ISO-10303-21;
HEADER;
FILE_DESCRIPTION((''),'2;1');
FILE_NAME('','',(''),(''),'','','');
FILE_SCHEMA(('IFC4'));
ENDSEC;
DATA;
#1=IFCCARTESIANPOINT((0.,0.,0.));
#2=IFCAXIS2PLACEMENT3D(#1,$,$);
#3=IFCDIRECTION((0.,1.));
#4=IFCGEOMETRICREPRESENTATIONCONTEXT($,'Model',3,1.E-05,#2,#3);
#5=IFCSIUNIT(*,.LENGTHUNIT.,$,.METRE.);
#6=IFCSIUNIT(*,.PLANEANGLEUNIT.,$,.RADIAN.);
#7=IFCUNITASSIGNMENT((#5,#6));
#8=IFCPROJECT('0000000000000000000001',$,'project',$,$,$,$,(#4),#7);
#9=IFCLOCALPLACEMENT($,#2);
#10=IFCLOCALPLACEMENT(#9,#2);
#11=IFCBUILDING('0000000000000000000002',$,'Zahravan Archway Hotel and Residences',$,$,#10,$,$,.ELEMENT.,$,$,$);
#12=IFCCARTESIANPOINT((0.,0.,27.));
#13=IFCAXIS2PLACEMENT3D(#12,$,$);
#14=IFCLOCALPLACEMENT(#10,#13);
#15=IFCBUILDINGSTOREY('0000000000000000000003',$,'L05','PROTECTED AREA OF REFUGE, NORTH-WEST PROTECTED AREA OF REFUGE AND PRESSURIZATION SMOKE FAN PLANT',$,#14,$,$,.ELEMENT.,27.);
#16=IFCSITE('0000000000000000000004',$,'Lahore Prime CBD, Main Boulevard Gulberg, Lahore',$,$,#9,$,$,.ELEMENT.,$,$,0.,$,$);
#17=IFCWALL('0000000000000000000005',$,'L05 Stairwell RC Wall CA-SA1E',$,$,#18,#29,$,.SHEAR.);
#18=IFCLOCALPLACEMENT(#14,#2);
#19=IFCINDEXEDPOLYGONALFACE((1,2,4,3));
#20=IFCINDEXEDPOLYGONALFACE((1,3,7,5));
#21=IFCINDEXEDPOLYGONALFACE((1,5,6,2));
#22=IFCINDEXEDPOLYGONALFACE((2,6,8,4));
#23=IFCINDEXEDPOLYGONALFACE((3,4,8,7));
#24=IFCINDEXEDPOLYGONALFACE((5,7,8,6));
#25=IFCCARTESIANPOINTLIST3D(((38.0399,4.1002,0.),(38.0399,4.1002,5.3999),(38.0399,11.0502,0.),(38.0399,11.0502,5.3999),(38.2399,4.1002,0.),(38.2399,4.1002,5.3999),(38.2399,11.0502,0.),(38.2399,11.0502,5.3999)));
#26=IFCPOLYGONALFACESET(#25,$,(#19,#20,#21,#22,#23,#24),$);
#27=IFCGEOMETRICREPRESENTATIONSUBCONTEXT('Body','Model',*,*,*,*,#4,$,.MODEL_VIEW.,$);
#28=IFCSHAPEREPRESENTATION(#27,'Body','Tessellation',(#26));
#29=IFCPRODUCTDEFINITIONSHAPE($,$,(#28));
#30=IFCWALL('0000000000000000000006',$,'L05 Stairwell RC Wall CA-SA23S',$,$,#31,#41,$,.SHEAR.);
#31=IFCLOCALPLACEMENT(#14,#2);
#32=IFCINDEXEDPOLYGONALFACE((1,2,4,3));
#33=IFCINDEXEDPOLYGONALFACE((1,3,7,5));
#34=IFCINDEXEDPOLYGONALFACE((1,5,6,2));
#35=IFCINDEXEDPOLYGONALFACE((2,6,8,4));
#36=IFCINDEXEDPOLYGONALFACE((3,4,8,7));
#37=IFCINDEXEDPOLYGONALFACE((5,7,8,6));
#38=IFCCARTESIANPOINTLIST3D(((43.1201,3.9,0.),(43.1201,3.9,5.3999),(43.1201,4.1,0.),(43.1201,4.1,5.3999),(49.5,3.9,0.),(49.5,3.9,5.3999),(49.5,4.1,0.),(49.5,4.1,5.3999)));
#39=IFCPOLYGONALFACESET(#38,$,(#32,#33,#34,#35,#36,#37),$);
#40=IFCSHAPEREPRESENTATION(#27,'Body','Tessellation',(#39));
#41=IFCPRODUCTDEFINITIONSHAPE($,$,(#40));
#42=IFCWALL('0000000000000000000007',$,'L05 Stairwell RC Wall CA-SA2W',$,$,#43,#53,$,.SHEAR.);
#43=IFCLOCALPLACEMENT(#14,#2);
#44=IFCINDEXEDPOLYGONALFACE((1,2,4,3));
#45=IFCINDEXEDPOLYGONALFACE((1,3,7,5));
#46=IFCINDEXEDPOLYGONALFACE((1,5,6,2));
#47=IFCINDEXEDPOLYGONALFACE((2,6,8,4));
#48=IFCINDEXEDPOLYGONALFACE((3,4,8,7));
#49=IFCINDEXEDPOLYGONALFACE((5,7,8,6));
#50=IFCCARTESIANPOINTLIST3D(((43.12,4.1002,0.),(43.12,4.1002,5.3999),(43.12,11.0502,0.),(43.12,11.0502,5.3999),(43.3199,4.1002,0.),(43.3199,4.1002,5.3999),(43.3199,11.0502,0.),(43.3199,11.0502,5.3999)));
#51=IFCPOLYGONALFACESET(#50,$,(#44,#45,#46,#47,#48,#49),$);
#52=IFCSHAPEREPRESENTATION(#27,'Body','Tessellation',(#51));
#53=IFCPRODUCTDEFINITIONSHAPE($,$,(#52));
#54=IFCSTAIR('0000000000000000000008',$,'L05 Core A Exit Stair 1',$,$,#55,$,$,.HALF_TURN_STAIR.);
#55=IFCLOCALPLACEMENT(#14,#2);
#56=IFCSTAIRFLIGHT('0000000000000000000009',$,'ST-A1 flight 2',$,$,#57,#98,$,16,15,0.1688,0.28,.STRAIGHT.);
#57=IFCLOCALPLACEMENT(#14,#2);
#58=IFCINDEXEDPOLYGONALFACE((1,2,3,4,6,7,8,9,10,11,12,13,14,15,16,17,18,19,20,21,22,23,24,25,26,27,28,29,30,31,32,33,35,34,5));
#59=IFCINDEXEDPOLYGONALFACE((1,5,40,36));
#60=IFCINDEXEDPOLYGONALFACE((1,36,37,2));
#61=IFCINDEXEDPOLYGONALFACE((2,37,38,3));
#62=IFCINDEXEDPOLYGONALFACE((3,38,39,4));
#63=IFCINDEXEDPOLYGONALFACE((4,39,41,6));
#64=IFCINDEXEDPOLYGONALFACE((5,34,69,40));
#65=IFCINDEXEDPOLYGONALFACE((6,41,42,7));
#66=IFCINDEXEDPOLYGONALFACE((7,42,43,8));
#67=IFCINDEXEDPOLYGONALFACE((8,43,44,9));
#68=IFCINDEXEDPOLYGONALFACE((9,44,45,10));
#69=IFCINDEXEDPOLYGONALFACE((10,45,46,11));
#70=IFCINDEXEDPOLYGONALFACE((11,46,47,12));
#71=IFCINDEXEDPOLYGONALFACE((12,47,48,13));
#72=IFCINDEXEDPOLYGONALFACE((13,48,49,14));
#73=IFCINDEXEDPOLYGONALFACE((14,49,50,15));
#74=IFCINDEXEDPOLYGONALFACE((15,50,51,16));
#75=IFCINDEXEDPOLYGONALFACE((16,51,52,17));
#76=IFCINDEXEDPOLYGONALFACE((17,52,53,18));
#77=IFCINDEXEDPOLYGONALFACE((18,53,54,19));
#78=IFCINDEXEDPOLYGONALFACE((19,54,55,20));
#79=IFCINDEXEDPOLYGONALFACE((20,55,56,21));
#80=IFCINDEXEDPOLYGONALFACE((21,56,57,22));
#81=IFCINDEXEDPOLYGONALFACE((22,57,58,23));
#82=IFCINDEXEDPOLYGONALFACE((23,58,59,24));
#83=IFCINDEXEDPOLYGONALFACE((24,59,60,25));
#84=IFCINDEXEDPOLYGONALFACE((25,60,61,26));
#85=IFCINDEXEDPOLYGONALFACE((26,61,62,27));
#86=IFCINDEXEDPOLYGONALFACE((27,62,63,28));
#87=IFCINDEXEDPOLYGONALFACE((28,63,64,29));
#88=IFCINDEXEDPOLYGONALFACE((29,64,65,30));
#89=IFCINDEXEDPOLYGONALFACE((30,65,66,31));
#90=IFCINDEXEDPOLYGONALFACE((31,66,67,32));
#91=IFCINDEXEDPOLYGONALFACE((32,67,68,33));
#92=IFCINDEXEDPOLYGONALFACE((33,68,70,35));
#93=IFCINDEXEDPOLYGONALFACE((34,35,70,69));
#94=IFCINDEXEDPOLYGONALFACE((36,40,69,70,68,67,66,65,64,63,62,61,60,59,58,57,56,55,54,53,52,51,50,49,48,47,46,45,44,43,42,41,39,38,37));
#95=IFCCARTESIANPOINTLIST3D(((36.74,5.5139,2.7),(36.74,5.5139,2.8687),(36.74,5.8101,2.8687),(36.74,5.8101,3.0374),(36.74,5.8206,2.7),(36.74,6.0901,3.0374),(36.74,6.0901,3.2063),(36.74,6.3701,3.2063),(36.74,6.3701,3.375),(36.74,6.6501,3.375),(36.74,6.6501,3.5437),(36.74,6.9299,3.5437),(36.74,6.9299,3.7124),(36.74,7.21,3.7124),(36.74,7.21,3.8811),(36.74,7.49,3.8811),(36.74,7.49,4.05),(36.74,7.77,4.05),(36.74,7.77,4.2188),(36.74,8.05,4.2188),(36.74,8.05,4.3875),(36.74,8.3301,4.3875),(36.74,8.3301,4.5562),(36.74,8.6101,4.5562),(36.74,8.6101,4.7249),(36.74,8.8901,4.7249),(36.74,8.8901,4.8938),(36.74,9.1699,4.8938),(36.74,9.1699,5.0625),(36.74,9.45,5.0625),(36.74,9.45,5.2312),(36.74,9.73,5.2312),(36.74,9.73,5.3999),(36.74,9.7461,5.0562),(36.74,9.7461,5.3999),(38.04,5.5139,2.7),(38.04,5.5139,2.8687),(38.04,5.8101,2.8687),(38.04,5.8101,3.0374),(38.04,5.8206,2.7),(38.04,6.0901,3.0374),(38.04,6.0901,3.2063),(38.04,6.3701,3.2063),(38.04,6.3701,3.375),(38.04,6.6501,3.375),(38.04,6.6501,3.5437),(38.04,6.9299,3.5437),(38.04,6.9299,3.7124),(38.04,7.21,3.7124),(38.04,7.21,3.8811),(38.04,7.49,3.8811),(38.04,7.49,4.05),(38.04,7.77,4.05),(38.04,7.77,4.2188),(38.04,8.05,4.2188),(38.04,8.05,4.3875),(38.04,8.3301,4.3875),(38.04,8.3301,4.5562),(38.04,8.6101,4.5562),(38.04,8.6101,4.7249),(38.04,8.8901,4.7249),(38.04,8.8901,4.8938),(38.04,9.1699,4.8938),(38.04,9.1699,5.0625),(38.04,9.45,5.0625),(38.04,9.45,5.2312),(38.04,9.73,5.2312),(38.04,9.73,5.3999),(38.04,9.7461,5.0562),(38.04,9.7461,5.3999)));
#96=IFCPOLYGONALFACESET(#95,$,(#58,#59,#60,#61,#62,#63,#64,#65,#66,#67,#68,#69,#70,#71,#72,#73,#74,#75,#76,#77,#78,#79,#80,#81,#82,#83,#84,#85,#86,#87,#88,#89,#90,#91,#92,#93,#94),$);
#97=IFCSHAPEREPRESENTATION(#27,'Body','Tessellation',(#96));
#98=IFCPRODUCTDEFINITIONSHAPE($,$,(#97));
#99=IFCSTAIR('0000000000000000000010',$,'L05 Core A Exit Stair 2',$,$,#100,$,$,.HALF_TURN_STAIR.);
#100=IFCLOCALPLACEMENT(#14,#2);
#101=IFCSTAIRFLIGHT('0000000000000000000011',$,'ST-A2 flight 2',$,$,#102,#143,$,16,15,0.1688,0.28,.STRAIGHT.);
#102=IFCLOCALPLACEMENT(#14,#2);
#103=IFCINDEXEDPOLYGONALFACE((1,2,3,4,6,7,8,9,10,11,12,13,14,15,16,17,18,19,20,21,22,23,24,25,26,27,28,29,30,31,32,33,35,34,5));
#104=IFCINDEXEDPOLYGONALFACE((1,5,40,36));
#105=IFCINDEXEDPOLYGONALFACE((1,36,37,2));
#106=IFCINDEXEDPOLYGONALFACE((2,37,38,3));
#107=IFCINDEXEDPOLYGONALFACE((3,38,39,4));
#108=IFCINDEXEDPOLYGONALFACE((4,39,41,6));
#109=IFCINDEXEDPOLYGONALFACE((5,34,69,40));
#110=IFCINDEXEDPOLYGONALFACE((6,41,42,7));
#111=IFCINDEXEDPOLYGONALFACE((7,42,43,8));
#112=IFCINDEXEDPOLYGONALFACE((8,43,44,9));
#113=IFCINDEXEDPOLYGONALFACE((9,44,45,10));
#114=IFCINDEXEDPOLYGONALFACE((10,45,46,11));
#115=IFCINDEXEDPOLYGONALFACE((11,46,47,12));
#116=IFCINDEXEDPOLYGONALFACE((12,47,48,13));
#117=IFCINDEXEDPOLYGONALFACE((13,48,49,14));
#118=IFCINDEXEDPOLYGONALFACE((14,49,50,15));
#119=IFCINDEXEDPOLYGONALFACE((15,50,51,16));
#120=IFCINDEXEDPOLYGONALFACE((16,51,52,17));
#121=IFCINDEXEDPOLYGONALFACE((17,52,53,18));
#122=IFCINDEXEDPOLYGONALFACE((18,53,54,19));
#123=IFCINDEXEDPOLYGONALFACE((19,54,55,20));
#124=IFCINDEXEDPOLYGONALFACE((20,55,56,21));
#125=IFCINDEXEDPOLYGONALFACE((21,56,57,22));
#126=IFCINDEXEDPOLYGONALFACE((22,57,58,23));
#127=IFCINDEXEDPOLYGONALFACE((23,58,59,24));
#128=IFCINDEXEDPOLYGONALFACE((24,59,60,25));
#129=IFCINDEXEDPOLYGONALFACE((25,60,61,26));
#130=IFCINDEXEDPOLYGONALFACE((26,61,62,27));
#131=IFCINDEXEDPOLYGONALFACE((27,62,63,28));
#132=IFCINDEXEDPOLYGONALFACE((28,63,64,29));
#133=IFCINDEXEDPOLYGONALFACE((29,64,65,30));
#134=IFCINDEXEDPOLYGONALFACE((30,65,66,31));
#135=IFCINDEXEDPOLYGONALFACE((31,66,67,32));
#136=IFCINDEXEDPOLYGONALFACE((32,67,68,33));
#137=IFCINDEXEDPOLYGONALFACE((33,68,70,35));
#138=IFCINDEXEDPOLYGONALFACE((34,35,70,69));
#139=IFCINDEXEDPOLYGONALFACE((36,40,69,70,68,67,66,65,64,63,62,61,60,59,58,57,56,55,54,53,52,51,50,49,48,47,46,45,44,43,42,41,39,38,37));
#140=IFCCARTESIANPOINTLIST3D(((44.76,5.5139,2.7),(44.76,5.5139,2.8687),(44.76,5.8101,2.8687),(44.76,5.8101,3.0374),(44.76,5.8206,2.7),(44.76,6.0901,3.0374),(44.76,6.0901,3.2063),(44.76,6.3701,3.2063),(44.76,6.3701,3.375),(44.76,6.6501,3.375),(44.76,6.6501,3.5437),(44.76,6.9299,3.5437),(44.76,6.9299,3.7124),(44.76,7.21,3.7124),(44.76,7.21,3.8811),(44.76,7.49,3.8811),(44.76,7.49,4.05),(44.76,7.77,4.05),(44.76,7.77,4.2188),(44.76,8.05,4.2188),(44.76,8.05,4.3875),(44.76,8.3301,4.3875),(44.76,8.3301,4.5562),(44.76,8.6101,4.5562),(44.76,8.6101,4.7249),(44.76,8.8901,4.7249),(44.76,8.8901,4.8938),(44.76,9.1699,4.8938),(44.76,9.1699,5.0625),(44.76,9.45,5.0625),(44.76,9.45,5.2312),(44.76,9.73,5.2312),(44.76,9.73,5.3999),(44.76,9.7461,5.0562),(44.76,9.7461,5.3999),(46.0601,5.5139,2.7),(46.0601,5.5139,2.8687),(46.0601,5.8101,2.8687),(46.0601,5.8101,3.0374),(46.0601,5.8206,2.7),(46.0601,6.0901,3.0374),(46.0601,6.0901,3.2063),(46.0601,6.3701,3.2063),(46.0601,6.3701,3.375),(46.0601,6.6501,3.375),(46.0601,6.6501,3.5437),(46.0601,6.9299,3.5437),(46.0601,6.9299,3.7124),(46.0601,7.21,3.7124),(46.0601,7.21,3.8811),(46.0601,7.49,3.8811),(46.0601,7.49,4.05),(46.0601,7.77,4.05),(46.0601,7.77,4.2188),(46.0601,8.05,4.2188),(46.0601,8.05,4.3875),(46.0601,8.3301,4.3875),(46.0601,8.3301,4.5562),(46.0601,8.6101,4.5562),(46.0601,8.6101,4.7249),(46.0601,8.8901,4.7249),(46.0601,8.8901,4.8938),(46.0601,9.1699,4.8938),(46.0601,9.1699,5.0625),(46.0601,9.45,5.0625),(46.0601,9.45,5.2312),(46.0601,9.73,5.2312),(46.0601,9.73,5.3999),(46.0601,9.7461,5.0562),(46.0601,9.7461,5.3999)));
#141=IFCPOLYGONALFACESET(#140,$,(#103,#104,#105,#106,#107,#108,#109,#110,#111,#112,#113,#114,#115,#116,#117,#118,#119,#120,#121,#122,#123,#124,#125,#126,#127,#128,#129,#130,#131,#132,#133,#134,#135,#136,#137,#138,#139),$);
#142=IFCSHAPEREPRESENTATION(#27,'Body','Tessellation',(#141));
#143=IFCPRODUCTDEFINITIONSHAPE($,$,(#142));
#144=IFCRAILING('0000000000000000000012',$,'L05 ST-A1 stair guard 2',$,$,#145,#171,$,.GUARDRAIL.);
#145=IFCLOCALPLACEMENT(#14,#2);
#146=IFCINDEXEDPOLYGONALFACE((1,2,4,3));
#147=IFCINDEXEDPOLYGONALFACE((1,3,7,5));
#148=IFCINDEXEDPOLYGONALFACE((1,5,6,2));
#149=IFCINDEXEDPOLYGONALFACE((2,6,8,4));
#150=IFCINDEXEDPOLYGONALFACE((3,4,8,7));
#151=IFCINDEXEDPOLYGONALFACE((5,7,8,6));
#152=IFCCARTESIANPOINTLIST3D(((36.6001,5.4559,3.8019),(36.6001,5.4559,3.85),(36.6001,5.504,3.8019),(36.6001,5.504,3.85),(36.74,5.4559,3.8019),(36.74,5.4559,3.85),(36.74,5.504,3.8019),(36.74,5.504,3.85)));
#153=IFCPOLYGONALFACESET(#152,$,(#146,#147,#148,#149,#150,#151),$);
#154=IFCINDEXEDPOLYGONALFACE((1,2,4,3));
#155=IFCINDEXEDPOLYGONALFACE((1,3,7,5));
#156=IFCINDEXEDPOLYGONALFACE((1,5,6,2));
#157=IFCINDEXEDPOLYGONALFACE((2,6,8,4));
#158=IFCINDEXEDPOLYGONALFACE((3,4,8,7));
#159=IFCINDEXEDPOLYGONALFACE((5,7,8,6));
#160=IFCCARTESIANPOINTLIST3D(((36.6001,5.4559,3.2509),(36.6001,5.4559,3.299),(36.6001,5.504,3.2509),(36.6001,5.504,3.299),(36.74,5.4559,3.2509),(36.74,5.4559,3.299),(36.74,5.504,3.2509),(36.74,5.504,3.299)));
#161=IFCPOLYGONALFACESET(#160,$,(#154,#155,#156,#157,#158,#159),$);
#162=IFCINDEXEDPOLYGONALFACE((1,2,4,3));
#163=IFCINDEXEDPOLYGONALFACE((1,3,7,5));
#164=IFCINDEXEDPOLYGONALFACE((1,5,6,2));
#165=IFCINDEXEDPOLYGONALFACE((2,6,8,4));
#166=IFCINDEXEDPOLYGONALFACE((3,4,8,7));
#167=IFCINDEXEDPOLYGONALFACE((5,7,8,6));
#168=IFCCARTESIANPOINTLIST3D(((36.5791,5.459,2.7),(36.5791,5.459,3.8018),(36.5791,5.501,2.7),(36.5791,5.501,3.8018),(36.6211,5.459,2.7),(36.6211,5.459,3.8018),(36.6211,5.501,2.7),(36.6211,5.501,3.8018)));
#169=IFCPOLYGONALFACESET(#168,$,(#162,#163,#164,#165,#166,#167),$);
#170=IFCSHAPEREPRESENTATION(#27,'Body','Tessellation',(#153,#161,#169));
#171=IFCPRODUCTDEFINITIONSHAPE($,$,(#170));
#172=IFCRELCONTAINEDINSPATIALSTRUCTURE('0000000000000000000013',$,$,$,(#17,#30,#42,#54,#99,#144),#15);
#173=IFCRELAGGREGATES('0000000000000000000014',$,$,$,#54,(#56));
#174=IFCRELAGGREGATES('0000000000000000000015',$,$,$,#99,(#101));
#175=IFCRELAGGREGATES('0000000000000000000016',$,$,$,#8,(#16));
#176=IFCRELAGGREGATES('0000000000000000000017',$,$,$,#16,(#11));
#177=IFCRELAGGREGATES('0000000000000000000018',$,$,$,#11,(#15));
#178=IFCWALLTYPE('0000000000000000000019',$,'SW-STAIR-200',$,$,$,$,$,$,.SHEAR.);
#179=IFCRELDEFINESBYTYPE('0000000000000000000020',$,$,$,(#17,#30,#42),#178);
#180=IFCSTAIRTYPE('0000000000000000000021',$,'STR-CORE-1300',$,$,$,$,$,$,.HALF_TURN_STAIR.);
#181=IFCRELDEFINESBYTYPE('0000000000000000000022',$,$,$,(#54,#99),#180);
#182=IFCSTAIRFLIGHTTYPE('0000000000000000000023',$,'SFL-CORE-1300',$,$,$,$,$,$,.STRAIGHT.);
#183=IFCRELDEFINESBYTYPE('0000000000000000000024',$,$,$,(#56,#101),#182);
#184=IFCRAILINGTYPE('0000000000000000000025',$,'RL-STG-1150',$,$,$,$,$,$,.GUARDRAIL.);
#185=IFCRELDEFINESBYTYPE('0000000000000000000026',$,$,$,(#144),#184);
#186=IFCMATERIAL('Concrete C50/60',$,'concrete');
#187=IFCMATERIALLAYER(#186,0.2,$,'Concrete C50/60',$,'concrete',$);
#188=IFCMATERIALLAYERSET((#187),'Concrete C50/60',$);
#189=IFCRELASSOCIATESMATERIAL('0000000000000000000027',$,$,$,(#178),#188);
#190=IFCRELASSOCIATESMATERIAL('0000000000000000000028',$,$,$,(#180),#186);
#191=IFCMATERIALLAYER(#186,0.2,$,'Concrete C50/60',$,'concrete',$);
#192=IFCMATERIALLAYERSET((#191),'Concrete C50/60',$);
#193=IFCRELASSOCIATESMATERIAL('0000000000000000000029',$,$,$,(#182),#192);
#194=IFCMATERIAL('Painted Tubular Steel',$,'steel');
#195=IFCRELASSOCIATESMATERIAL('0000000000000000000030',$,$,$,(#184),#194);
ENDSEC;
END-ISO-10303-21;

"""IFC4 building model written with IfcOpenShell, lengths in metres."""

from ifc_helpers import new_model, si_unit, direction, frame, frame_2d, origin, origin_2d, place, context, subcontext, project, spatial, polyline, rectangle, outline, extrude, source, transform, mapped, material, layer, layer_set, type_object, element, aggregate, save


model = new_model("IFC4")

# Units and contexts
model_context = context("Model", 3, precision=1e-05, world=origin(), true_north=direction((0.0, 1.0)))
body_context = subcontext(model_context, "Body", "Model", "MODEL_VIEW")
ifc_project = project(units=[si_unit("LENGTHUNIT", "METRE"), si_unit("PLANEANGLEUNIT", "RADIAN")], contexts=[model_context])

# Site, building, storey
site_placement = place(None, origin())
site = spatial("IfcSite", under=ifc_project, at=site_placement, Name="Lahore Prime CBD, Main Boulevard Gulberg, Lahore", CompositionType="ELEMENT", RefElevation=0.0)
building_placement = place(site_placement, origin())
building = spatial("IfcBuilding", under=site, at=building_placement, Name="Zahravan Archway Hotel and Residences", CompositionType="ELEMENT")
storey_placement = place(building_placement, frame((0.0, 0.0, 27.0)))
storey = spatial("IfcBuildingStorey", under=building, at=storey_placement, Name="L05", Description="PROTECTED AREA OF REFUGE, NORTH-WEST PROTECTED AREA OF REFUGE AND PRESSURIZATION SMOKE FAN PLANT", CompositionType="ELEMENT", Elevation=27.0)

# Walls
ifc_material_1 = material(Name="Concrete C50/60", Category="concrete")
ifc_layer_1 = layer(ifc_material_1, 0.2, Name="Concrete C50/60", Category="concrete")
ifc_layer_set_1 = layer_set([ifc_layer_1], Name="Concrete C50/60")
wall_type_1 = type_object("IfcWallType", Name="SW-STAIR-200", PredefinedType="SHEAR", material=ifc_layer_set_1)
wall_1_placement = place(storey_placement, frame((38.1399, 4.1001, 0.0), z_axis=(0.0, 0.0, 1.0), x_axis=(0.0, 1.0, 0.0)))
element("IfcWall", 1, at=wall_1_placement, inside=storey, type_object=wall_type_1, Name="L05 Stairwell RC Wall CA-SA1E", PredefinedType="SHEAR", context=body_context, shape_type="SweptSolid", body=[
    extrude(rectangle(XDim=6.95, YDim=0.2, at=frame_2d((3.4751, 0.0))), origin(), (0.0, 0.0, 1.0), 5.3999),
])
wall_2_placement = place(storey_placement, frame((43.1201, 4.0, 0.0), z_axis=(0.0, 0.0, 1.0), x_axis=(1.0, 0.0, 0.0)))
element("IfcWall", 2, at=wall_2_placement, inside=storey, type_object=wall_type_1, Name="L05 Stairwell RC Wall CA-SA23S", PredefinedType="SHEAR", context=body_context, shape_type="SweptSolid", body=[
    extrude(rectangle(XDim=6.3799, YDim=0.2, at=frame_2d((3.1899, 0.0))), origin(), (0.0, 0.0, 1.0), 5.3999),
])
wall_3_placement = place(storey_placement, frame((43.22, 4.1001, 0.0), z_axis=(0.0, 0.0, 1.0), x_axis=(0.0, 1.0, 0.0)))
element("IfcWall", 3, at=wall_3_placement, inside=storey, type_object=wall_type_1, Name="L05 Stairwell RC Wall CA-SA2W", PredefinedType="SHEAR", context=body_context, shape_type="SweptSolid", body=[
    extrude(rectangle(XDim=6.95, YDim=0.2, at=frame_2d((3.4751, 0.0))), origin(), (0.0, 0.0, 1.0), 5.3999),
])

# Stairs, stair flights
stair_type = type_object("IfcStairType", Name="STR-CORE-1300", PredefinedType="HALF_TURN_STAIR", material=ifc_material_1)
stair_1_placement = place(storey_placement, origin())
stair_1 = element("IfcStair", 4, at=stair_1_placement, inside=storey, type_object=stair_type, Name="L05 Core A Exit Stair 1", PredefinedType="HALF_TURN_STAIR")
ifc_layer_2 = layer(ifc_material_1, 0.2, Name="Concrete C50/60", Category="concrete")
ifc_layer_set_2 = layer_set([ifc_layer_2], Name="Concrete C50/60")
stair_flight_type = type_object("IfcStairFlightType", Name="SFL-CORE-1300", PredefinedType="STRAIGHT", material=ifc_layer_set_2)
shared_shape_1 = source(origin(), body_context, "Body", "SweptSolid", [
    extrude(outline(polyline([(-0.0161, 0.0), (-0.0161, 0.1687), (0.28, 0.1687), (0.28, 0.3374), (0.5601, 0.3374), (0.5601, 0.5063), (0.8401, 0.5063), (0.8401, 0.675), (1.1201, 0.675), (1.1201, 0.8438), (1.3999, 0.8438), (1.3999, 1.0125), (1.6799, 1.0125), (1.6799, 1.1812), (1.96, 1.1812), (1.96, 1.3501), (2.24, 1.3501), (2.24, 1.5188), (2.52, 1.5188), (2.52, 1.6875), (2.8, 1.6875), (2.8, 1.8562), (3.0801, 1.8562), (3.0801, 2.0249), (3.3601, 2.0249), (3.3601, 2.1938), (3.6399, 2.1938), (3.6399, 2.3625), (3.9199, 2.3625), (3.9199, 2.5312), (4.2, 2.5312), (4.2, 2.7), (4.2161, 2.7), (4.2161, 2.3562), (0.2905, 0.0), (-0.0161, 0.0)])), frame((0.0, 0.6499, 0.0), z_axis=(0.0, -1.0, 0.0), x_axis=(1.0, 0.0, 0.0)), (0.0, 0.0, 1.0), 1.3),
])
stair_flight_1_placement = place(storey_placement, frame((37.3899, 5.53, 2.7), z_axis=(0.0, 0.0, 1.0), x_axis=(0.0, 1.0, 0.0)))
stair_flight_1 = element("IfcStairFlight", 5, at=stair_flight_1_placement, type_object=stair_flight_type, Name="ST-A1 flight 2", NumberOfRisers=16, NumberOfTreads=15, PredefinedType="STRAIGHT", RiserHeight=0.1688, TreadLength=0.28, context=body_context, shape_type="MappedRepresentation", body=[
    mapped(shared_shape_1, transform((0.0, 0.0, 0.0), scale=1.0)),
])
aggregate(stair_1, [stair_flight_1])
stair_2_placement = place(storey_placement, origin())
stair_2 = element("IfcStair", 6, at=stair_2_placement, inside=storey, type_object=stair_type, Name="L05 Core A Exit Stair 2", PredefinedType="HALF_TURN_STAIR")
stair_flight_2_placement = place(storey_placement, frame((45.4099, 5.53, 2.7), z_axis=(0.0, 0.0, 1.0), x_axis=(0.0, 1.0, 0.0)))
stair_flight_2 = element("IfcStairFlight", 7, at=stair_flight_2_placement, type_object=stair_flight_type, Name="ST-A2 flight 2", NumberOfRisers=16, NumberOfTreads=15, PredefinedType="STRAIGHT", RiserHeight=0.1688, TreadLength=0.28, context=body_context, shape_type="MappedRepresentation", body=[
    mapped(shared_shape_1, transform((0.0, 0.0, 0.0), scale=1.0)),
])
aggregate(stair_2, [stair_flight_2])

# Railing
ifc_material_2 = material(Name="Painted Tubular Steel", Category="steel")
railing_type_1 = type_object("IfcRailingType", Name="RL-STG-1150", PredefinedType="GUARDRAIL", material=ifc_material_2)
railing_1_placement = place(storey_placement, frame((36.6001, 5.48, 2.7)))
element("IfcRailing", 8, at=railing_1_placement, inside=storey, type_object=railing_type_1, Name="L05 ST-A1 stair guard 2", PredefinedType="GUARDRAIL", context=body_context, shape_type="SweptSolid", body=[
    extrude(rectangle(XDim=0.0481, YDim=0.0481, at=origin_2d()), frame((0.0, 0.0, 1.126), z_axis=(1.0, 0.0, 0.0), x_axis=(0.0, 1.0, 0.0)), (0.0, 0.0, 1.0), 0.1399),
    extrude(rectangle(XDim=0.0481, YDim=0.0481, at=origin_2d()), frame((0.0, 0.0, 0.575), z_axis=(1.0, 0.0, 0.0), x_axis=(0.0, 1.0, 0.0)), (0.0, 0.0, 1.0), 0.1399),
    extrude(rectangle(XDim=0.042, YDim=0.042, at=origin_2d()), origin(), (0.0, 0.0, 1.0), 1.1018),
])

save(model, "model.ifc")
